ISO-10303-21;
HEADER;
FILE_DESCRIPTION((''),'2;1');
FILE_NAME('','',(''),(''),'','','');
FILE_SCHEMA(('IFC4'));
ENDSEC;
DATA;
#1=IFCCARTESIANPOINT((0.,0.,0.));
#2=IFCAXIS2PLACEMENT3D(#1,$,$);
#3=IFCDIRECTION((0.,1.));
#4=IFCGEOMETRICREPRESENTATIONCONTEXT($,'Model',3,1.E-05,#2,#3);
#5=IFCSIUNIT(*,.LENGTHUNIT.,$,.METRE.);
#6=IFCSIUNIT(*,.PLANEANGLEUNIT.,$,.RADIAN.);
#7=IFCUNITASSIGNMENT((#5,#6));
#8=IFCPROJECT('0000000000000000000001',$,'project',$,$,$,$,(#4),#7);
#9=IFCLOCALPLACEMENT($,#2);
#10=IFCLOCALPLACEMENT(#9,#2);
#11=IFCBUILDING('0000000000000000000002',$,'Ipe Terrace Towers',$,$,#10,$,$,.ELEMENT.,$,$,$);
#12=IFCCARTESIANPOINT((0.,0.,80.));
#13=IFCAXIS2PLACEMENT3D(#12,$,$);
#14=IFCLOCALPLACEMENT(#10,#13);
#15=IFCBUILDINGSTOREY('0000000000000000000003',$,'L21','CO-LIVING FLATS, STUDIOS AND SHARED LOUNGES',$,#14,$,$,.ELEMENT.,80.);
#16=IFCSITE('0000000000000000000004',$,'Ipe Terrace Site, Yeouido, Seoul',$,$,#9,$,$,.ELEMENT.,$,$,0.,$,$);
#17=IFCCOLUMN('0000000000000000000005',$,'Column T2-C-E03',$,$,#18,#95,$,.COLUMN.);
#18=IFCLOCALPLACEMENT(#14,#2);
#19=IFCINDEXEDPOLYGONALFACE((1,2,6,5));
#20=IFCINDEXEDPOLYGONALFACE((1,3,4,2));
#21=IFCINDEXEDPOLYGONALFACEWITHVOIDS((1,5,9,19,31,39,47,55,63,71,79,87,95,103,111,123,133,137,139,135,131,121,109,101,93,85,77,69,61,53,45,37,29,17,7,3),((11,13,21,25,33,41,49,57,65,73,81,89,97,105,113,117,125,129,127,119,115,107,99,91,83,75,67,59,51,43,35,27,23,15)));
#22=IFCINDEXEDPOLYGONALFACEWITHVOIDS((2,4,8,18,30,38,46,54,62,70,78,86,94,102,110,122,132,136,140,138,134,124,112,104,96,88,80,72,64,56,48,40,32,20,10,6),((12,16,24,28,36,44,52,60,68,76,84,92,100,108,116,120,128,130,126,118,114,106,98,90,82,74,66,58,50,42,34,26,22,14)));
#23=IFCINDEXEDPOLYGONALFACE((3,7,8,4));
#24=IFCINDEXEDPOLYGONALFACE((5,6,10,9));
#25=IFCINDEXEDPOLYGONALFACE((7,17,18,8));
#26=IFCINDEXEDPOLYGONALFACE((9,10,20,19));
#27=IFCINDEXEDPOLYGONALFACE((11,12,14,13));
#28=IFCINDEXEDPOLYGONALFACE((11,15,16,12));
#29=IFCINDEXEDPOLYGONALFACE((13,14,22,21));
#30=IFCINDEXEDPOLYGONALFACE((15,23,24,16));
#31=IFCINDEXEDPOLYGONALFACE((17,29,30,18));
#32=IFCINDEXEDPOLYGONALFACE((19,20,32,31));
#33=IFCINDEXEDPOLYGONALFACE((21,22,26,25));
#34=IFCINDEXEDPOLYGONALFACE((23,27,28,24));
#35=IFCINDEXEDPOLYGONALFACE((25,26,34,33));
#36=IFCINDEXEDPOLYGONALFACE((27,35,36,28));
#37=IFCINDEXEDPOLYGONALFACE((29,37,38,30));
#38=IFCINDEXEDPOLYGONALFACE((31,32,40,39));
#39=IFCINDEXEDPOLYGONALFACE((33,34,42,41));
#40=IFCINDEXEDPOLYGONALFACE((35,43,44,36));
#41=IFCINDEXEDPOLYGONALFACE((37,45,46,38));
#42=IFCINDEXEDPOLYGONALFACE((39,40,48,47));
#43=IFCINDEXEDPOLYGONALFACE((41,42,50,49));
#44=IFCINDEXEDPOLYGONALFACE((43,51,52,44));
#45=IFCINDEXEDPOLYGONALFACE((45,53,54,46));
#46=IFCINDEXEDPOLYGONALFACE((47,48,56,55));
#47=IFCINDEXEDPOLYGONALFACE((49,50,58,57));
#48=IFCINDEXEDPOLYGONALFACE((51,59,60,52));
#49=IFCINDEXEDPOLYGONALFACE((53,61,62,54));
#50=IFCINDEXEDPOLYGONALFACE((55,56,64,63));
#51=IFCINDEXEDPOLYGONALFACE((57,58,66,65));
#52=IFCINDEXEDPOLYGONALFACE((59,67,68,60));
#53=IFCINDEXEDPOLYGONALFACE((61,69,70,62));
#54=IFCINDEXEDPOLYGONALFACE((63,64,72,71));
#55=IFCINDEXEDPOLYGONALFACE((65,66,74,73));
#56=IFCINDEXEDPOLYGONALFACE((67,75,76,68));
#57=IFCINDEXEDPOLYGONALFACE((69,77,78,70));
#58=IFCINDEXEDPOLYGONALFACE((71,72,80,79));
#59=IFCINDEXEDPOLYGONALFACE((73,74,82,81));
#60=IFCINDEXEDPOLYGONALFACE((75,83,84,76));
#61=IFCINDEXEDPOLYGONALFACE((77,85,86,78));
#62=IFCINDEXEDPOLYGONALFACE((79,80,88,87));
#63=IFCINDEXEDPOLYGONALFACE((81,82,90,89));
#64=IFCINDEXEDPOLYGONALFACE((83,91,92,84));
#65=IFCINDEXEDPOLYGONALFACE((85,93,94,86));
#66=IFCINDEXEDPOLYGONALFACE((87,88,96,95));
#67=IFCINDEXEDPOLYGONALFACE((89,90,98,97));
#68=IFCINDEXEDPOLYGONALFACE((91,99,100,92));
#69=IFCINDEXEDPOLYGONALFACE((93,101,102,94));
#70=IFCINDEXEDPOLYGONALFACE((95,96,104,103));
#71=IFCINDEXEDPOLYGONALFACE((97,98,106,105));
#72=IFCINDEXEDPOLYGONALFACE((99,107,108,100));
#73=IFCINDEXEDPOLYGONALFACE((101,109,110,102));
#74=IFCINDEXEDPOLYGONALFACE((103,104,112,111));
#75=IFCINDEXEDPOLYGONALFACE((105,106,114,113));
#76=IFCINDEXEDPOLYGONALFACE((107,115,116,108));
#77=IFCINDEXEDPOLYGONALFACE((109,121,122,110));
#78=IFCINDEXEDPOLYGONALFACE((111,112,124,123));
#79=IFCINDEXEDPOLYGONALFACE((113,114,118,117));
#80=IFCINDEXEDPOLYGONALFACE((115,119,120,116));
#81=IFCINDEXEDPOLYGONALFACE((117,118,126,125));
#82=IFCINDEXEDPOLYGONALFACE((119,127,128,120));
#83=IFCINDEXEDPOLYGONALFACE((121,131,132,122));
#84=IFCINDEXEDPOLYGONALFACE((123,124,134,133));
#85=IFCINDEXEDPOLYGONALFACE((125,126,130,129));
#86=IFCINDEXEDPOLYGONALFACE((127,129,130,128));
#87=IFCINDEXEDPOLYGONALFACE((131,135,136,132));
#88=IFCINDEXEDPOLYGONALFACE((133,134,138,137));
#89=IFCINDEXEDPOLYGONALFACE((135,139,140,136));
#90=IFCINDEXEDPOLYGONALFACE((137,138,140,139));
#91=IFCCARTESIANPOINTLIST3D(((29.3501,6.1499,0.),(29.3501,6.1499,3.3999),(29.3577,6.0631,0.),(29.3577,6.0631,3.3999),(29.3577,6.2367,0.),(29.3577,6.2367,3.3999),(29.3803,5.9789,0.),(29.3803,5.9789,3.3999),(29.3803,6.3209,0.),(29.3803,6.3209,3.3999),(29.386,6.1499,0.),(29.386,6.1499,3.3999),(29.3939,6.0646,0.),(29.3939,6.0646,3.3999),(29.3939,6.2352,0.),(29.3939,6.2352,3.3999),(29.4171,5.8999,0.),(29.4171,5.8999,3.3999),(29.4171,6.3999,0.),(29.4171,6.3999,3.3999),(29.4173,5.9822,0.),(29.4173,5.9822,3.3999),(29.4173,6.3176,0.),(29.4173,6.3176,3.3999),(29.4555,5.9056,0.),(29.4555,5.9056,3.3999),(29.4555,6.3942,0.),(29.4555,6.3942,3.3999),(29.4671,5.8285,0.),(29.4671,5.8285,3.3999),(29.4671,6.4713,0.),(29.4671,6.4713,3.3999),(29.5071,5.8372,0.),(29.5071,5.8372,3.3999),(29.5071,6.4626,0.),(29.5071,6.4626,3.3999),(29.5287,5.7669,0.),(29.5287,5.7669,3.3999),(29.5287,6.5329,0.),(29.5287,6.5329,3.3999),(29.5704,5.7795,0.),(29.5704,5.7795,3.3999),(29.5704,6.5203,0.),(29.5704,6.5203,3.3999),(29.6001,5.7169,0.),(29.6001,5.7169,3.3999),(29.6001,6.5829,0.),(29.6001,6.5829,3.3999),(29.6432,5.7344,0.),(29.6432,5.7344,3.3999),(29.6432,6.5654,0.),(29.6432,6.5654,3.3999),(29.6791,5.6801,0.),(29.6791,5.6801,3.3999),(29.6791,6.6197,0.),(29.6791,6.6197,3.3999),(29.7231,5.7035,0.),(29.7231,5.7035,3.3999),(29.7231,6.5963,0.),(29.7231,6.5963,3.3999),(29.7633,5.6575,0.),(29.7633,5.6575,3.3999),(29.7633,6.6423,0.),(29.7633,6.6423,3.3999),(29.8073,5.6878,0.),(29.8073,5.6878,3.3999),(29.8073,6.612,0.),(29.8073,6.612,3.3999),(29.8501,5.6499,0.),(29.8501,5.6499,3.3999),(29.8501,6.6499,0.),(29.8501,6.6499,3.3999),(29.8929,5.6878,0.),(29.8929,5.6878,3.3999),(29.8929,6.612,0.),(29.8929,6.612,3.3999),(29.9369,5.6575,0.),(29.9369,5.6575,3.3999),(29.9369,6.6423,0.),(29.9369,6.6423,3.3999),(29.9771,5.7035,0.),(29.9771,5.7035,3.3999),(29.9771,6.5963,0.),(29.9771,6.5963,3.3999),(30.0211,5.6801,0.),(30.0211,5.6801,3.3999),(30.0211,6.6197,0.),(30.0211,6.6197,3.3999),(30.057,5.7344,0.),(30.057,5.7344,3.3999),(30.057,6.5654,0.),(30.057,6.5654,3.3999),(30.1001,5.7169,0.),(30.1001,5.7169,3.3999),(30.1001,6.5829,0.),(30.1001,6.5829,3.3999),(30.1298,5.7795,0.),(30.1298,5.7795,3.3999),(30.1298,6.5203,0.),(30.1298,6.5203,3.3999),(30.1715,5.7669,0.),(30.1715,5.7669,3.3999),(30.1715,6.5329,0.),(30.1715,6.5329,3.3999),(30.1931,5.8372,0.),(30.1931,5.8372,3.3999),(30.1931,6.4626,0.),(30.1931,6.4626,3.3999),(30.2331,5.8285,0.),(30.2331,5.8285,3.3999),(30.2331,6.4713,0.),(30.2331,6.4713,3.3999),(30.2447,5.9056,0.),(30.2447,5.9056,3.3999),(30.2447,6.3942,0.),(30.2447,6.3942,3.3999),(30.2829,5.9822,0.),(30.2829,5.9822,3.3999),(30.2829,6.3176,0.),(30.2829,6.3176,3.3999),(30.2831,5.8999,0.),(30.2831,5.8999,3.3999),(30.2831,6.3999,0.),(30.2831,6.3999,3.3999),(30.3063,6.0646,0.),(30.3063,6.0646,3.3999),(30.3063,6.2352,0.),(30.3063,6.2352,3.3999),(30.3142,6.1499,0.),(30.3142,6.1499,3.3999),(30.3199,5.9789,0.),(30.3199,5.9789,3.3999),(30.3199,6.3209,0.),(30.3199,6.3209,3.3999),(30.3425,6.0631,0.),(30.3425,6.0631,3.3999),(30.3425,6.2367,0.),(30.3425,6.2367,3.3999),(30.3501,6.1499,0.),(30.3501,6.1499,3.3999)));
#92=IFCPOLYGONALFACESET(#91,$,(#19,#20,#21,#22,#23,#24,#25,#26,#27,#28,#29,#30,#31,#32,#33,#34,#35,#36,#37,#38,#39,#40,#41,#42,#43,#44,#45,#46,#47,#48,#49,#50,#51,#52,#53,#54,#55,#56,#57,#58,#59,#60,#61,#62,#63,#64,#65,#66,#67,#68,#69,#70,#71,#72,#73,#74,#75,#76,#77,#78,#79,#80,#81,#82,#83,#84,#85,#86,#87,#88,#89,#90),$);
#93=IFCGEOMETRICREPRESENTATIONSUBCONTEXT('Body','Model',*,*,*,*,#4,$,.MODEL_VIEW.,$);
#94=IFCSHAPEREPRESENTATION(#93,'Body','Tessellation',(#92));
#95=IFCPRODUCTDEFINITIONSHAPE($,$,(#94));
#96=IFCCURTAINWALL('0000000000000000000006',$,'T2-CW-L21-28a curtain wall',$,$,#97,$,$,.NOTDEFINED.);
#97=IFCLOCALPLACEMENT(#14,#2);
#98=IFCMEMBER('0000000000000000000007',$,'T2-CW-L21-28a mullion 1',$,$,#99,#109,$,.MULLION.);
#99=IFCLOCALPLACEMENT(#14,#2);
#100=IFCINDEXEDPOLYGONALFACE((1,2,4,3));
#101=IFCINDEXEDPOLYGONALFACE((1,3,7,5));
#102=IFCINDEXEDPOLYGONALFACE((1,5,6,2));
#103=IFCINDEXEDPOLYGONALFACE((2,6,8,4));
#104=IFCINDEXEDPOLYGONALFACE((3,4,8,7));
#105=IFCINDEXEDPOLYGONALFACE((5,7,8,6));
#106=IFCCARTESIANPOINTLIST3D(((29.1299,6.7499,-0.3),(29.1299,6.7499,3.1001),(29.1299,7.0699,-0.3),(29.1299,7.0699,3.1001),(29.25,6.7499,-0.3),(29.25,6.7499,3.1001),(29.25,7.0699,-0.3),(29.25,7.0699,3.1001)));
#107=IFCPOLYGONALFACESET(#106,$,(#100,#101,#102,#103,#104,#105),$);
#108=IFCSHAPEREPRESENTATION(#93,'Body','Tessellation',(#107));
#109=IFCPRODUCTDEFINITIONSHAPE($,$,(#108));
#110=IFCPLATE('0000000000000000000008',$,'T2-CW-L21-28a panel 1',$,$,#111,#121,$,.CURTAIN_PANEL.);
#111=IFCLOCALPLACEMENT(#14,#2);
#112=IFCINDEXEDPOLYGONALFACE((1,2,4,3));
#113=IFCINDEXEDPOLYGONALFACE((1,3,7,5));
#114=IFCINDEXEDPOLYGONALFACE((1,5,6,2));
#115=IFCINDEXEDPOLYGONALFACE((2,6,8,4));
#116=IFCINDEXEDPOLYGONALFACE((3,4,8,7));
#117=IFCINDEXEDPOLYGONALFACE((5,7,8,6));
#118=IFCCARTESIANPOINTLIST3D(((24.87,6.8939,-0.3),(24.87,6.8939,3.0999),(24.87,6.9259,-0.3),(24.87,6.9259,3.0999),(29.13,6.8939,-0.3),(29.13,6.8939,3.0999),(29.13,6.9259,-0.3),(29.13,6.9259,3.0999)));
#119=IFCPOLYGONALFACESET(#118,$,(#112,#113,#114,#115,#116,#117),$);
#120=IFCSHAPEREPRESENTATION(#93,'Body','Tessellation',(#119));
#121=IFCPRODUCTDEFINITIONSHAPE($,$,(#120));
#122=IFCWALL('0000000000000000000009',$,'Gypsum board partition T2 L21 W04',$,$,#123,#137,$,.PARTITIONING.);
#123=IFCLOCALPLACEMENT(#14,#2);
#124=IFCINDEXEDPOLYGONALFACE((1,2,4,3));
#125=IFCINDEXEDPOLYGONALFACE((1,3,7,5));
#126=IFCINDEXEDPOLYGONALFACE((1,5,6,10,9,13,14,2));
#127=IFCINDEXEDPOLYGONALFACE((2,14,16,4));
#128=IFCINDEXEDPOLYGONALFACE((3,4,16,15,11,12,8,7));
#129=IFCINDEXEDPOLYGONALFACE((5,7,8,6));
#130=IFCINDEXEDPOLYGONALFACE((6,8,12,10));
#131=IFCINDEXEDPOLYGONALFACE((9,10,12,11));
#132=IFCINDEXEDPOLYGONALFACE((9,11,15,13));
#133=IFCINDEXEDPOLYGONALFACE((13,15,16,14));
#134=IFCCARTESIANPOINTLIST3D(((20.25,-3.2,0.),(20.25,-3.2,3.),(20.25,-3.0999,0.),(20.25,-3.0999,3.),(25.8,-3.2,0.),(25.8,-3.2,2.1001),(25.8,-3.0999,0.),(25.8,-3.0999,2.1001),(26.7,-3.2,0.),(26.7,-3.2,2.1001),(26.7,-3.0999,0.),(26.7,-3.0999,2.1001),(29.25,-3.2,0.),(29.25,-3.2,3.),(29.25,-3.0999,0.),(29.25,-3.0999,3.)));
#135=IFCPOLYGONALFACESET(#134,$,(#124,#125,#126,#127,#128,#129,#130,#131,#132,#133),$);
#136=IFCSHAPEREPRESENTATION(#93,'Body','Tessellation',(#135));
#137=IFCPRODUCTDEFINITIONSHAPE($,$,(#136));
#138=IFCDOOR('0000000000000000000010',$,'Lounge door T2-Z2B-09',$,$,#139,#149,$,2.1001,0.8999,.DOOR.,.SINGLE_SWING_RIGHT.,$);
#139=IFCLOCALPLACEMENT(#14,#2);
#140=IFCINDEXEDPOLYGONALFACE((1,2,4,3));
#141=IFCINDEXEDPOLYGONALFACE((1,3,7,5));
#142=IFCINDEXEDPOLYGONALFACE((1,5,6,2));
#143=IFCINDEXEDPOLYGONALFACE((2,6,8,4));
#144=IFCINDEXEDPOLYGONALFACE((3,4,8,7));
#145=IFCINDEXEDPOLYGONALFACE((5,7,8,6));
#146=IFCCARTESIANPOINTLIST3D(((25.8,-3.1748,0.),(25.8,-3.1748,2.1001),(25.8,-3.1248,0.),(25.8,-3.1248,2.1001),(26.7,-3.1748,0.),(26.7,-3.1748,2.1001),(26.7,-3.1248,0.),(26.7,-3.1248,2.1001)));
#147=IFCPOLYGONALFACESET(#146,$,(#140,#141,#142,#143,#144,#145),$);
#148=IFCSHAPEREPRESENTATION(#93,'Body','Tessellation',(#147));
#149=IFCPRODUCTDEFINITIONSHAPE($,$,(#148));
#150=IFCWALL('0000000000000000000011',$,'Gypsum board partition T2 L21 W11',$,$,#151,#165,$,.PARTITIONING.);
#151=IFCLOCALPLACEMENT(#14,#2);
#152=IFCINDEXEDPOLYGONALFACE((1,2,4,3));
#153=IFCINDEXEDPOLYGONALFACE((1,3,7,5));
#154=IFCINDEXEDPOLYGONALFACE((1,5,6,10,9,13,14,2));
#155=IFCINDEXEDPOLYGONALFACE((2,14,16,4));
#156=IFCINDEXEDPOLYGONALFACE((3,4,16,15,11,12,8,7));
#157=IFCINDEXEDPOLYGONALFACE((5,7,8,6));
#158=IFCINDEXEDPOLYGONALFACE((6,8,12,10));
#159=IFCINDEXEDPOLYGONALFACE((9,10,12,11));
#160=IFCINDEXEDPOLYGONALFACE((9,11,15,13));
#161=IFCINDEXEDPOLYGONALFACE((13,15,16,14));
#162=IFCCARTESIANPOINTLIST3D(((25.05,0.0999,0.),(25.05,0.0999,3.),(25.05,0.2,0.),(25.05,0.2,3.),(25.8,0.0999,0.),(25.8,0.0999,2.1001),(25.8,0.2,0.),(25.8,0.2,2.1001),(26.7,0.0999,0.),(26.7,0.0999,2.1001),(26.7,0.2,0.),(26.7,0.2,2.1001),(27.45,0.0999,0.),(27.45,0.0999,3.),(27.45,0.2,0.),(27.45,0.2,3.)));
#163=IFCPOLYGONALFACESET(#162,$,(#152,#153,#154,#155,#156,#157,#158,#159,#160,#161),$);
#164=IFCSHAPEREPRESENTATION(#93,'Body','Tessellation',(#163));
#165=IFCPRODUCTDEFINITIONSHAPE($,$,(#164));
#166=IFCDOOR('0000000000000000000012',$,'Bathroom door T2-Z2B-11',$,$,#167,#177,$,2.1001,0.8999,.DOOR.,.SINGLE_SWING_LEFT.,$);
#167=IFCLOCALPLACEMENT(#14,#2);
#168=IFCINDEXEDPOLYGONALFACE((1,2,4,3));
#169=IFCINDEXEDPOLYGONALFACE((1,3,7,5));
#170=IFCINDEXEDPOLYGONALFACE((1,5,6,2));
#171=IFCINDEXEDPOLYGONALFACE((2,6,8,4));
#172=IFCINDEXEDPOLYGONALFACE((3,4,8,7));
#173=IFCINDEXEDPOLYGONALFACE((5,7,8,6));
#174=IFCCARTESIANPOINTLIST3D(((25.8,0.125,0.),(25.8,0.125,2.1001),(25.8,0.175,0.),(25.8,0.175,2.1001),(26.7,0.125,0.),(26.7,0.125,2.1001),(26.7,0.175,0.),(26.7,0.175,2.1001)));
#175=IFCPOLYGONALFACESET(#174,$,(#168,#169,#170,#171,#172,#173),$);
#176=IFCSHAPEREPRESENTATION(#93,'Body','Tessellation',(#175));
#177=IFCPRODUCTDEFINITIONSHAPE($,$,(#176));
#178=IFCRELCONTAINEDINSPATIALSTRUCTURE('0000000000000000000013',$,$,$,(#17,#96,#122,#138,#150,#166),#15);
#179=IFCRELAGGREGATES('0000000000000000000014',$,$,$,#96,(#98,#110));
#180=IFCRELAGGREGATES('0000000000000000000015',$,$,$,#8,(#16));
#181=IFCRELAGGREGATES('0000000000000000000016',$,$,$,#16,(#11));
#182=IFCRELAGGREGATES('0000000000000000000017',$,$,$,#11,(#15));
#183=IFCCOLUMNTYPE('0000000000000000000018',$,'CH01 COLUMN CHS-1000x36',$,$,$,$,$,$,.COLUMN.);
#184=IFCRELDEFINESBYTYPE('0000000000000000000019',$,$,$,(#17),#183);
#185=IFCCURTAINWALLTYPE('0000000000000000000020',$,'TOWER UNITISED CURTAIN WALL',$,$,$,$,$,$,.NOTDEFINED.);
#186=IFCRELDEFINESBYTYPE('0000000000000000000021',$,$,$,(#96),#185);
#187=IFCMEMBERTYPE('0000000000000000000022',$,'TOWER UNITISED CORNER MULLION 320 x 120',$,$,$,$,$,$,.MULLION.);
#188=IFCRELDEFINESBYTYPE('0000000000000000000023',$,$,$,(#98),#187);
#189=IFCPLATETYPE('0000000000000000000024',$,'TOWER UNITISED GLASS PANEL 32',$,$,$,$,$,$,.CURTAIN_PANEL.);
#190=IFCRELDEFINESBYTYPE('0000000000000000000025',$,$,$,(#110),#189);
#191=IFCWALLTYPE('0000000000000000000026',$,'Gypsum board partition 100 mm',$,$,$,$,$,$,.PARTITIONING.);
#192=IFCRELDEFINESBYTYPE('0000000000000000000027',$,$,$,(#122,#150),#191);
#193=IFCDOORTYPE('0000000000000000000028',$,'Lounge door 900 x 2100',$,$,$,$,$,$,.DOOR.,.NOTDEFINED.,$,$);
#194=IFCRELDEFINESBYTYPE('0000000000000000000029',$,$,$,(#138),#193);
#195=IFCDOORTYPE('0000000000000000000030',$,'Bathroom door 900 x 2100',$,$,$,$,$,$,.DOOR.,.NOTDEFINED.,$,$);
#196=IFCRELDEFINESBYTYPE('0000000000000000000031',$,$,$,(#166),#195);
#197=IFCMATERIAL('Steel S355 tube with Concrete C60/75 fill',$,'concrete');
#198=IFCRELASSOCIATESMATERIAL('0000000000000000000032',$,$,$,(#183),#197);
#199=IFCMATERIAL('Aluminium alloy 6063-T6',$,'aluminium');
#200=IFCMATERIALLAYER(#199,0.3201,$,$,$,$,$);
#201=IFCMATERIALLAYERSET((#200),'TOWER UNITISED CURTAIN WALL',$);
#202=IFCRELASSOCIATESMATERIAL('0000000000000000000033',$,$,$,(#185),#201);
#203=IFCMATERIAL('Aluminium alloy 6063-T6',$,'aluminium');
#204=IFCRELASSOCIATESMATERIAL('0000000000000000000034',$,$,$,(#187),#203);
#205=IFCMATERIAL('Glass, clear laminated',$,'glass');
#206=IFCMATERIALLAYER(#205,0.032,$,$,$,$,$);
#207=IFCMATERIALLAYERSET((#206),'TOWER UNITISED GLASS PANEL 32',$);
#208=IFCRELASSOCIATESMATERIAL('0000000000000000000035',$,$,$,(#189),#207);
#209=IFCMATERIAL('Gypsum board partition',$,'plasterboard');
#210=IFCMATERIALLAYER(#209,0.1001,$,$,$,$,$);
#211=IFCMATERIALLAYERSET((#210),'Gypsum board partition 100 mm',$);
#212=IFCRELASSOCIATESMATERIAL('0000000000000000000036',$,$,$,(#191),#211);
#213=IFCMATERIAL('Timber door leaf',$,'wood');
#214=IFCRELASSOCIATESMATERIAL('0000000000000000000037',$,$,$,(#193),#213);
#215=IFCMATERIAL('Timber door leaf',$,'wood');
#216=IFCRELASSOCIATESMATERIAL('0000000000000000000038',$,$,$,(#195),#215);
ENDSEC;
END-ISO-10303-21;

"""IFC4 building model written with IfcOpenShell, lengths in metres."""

from ifc_helpers import new_model, si_unit, direction, frame, frame_2d, origin, origin_2d, place, context, subcontext, project, spatial, rectangle, hollow_circle, extrude, material, layer, layer_set, material_profile, profile_set, type_object, element, fill, aggregate, save


model = new_model("IFC4")

# Units and contexts
model_context = context("Model", 3, precision=1e-05, world=origin(), true_north=direction((0.0, 1.0)))
body_context = subcontext(model_context, "Body", "Model", "MODEL_VIEW")
ifc_project = project(units=[si_unit("LENGTHUNIT", "METRE"), si_unit("PLANEANGLEUNIT", "RADIAN")], contexts=[model_context])

# Site, building, storey
site_placement = place(None, origin())
site = spatial("IfcSite", under=ifc_project, at=site_placement, Name="Ipe Terrace Site, Yeouido, Seoul", CompositionType="ELEMENT", RefElevation=0.0)
building_placement = place(site_placement, origin())
building = spatial("IfcBuilding", under=site, at=building_placement, Name="Ipe Terrace Towers", CompositionType="ELEMENT")
storey_placement = place(building_placement, frame((0.0, 0.0, 80.0)))
storey = spatial("IfcBuildingStorey", under=building, at=storey_placement, Name="L21", Description="CO-LIVING FLATS, STUDIOS AND SHARED LOUNGES", CompositionType="ELEMENT", Elevation=80.0)

# Column
ifc_material_1 = material(Name="Steel S355 tube with Concrete C60/75 fill", Category="concrete")
ifc_material_profile_1 = material_profile(ifc_material_1, hollow_circle(Radius=0.5, WallThickness=0.0359, at=origin_2d()), Name="CHS-1000x36")
ifc_profile_set_1 = profile_set([ifc_material_profile_1], Name="Steel S355 tube with Concrete C60/75 fill")
column_type = type_object("IfcColumnType", Name="CH01 COLUMN CHS-1000x36", PredefinedType="COLUMN", material=ifc_profile_set_1)
column_placement = place(storey_placement, frame((29.8501, 6.1499, 0.0), z_axis=(0.0, 0.0, 1.0), x_axis=(1.0, 0.0, 0.0)))
element("IfcColumn", 1, at=column_placement, inside=storey, type_object=column_type, Name="Column T2-C-E03", PredefinedType="COLUMN", context=body_context, shape_type="SweptSolid", body=[
    extrude(hollow_circle(Radius=0.5, WallThickness=0.0359, at=origin_2d()), origin(), (0.0, 0.0, 1.0), 3.3999),
])

# Curtain wall, member, plate
ifc_material_2 = material(Name="Aluminium alloy 6063-T6", Category="aluminium")
ifc_layer_1 = layer(ifc_material_2, 0.3201)
ifc_layer_set_1 = layer_set([ifc_layer_1], Name="TOWER UNITISED CURTAIN WALL")
curtain_wall_type = type_object("IfcCurtainWallType", Name="TOWER UNITISED CURTAIN WALL", PredefinedType="NOTDEFINED", material=ifc_layer_set_1)
curtain_wall_placement = place(storey_placement, origin())
curtain_wall = element("IfcCurtainWall", 2, at=curtain_wall_placement, inside=storey, type_object=curtain_wall_type, Name="T2-CW-L21-28a curtain wall", PredefinedType="NOTDEFINED")
ifc_material_3 = material(Name="Aluminium alloy 6063-T6", Category="aluminium")
ifc_material_profile_2 = material_profile(ifc_material_3, rectangle(XDim=0.3201, YDim=0.1201, at=origin_2d()), Name="TOWER UNITISED CORNER MULLION 320 x 120")
ifc_profile_set_2 = profile_set([ifc_material_profile_2], Name="Aluminium alloy 6063-T6")
member_type = type_object("IfcMemberType", Name="TOWER UNITISED CORNER MULLION 320 x 120", PredefinedType="MULLION", material=ifc_profile_set_2)
member_placement = place(storey_placement, frame((29.1899, 6.9099, -0.3), z_axis=(0.0, 0.0, 1.0), x_axis=(0.0, 1.0, 0.0)))
member = element("IfcMember", 3, at=member_placement, type_object=member_type, Name="T2-CW-L21-28a mullion 1", PredefinedType="MULLION", context=body_context, shape_type="SweptSolid", body=[
    extrude(rectangle(XDim=0.3201, YDim=0.1201, at=origin_2d()), origin(), (0.0, 0.0, 1.0), 3.4001),
])
ifc_material_4 = material(Name="Glass, clear laminated", Category="glass")
ifc_layer_2 = layer(ifc_material_4, 0.032)
ifc_layer_set_2 = layer_set([ifc_layer_2], Name="TOWER UNITISED GLASS PANEL 32")
plate_type = type_object("IfcPlateType", Name="TOWER UNITISED GLASS PANEL 32", PredefinedType="CURTAIN_PANEL", material=ifc_layer_set_2)
plate_placement = place(storey_placement, frame((27.0, 6.9099, -0.3), z_axis=(0.0, 0.0, 1.0), x_axis=(-1.0, 0.0, 0.0)))
plate = element("IfcPlate", 4, at=plate_placement, type_object=plate_type, Name="T2-CW-L21-28a panel 1", PredefinedType="CURTAIN_PANEL", context=body_context, shape_type="SweptSolid", body=[
    extrude(rectangle(XDim=4.26, YDim=0.032, at=origin_2d()), origin(), (0.0, 0.0, 1.0), 3.3999),
])
aggregate(curtain_wall, [member, plate])

# Walls, openings, doors
ifc_material_5 = material(Name="Gypsum board partition", Category="plasterboard")
ifc_layer_3 = layer(ifc_material_5, 0.1001)
ifc_layer_set_3 = layer_set([ifc_layer_3], Name="Gypsum board partition 100 mm")
wall_type_1 = type_object("IfcWallType", Name="Gypsum board partition 100 mm", PredefinedType="PARTITIONING", material=ifc_layer_set_3)
wall_1_placement = place(storey_placement, frame((29.25, -3.1499, 0.0), z_axis=(0.0, 0.0, 1.0), x_axis=(-1.0, 0.0, 0.0)))
wall_1 = element("IfcWall", 5, at=wall_1_placement, inside=storey, type_object=wall_type_1, Name="Gypsum board partition T2 L21 W04", PredefinedType="PARTITIONING", context=body_context, shape_type="SweptSolid", body=[
    extrude(rectangle(XDim=9.0, YDim=0.1001, at=frame_2d((4.5, 0.0))), origin(), (0.0, 0.0, 1.0), 3.0),
])
opening_1_placement = place(wall_1_placement, frame((2.55, 0.0, 0.0)))
opening_1 = element("IfcOpeningElement", 6, at=opening_1_placement, cuts=wall_1, PredefinedType="OPENING", context=body_context, shape_type="SweptSolid", body=[
    extrude(rectangle(XDim=0.8999, YDim=2.1001, at=frame_2d((0.45, 1.05))), frame((0.0, 0.0601, 0.0), z_axis=(0.0, -1.0, 0.0), x_axis=(1.0, 0.0, 0.0)), (0.0, 0.0, 1.0), 0.1201),
])
ifc_material_6 = material(Name="Timber door leaf", Category="wood")
door_type_1 = type_object("IfcDoorType", Name="Lounge door 900 x 2100", OperationType="NOTDEFINED", PredefinedType="DOOR", material=ifc_material_6)
door_1_placement = place(opening_1_placement, origin())
door_1 = element("IfcDoor", 7, at=door_1_placement, inside=storey, type_object=door_type_1, Name="Lounge door T2-Z2B-09", OperationType="SINGLE_SWING_RIGHT", OverallHeight=2.1001, OverallWidth=0.8999, PredefinedType="DOOR", context=body_context, shape_type="SweptSolid", body=[
    extrude(rectangle(XDim=0.8999, YDim=2.1001, at=frame_2d((0.45, 1.05))), frame((0.0, 0.0249, 0.0), z_axis=(0.0, -1.0, 0.0), x_axis=(1.0, 0.0, 0.0)), (0.0, 0.0, 1.0), 0.05),
])
fill(opening_1, door_1)
wall_2_placement = place(storey_placement, frame((27.45, 0.1499, 0.0), z_axis=(0.0, 0.0, 1.0), x_axis=(-1.0, 0.0, 0.0)))
wall_2 = element("IfcWall", 8, at=wall_2_placement, inside=storey, type_object=wall_type_1, Name="Gypsum board partition T2 L21 W11", PredefinedType="PARTITIONING", context=body_context, shape_type="SweptSolid", body=[
    extrude(rectangle(XDim=2.3999, YDim=0.1001, at=frame_2d((1.2, 0.0))), origin(), (0.0, 0.0, 1.0), 3.0),
])
opening_2_placement = place(wall_2_placement, frame((0.75, 0.0, 0.0)))
opening_2 = element("IfcOpeningElement", 9, at=opening_2_placement, cuts=wall_2, PredefinedType="OPENING", context=body_context, shape_type="SweptSolid", body=[
    extrude(rectangle(XDim=0.8999, YDim=2.1001, at=frame_2d((0.45, 1.05))), frame((0.0, 0.0601, 0.0), z_axis=(0.0, -1.0, 0.0), x_axis=(1.0, 0.0, 0.0)), (0.0, 0.0, 1.0), 0.1201),
])
ifc_material_7 = material(Name="Timber door leaf", Category="wood")
door_type_2 = type_object("IfcDoorType", Name="Bathroom door 900 x 2100", OperationType="NOTDEFINED", PredefinedType="DOOR", material=ifc_material_7)
door_2_placement = place(opening_2_placement, origin())
door_2 = element("IfcDoor", 10, at=door_2_placement, inside=storey, type_object=door_type_2, Name="Bathroom door T2-Z2B-11", OperationType="SINGLE_SWING_LEFT", OverallHeight=2.1001, OverallWidth=0.8999, PredefinedType="DOOR", context=body_context, shape_type="SweptSolid", body=[
    extrude(rectangle(XDim=0.8999, YDim=2.1001, at=frame_2d((0.45, 1.05))), frame((0.0, 0.0249, 0.0), z_axis=(0.0, -1.0, 0.0), x_axis=(1.0, 0.0, 0.0)), (0.0, 0.0, 1.0), 0.05),
])
fill(opening_2, door_2)

save(model, "model.ifc")
